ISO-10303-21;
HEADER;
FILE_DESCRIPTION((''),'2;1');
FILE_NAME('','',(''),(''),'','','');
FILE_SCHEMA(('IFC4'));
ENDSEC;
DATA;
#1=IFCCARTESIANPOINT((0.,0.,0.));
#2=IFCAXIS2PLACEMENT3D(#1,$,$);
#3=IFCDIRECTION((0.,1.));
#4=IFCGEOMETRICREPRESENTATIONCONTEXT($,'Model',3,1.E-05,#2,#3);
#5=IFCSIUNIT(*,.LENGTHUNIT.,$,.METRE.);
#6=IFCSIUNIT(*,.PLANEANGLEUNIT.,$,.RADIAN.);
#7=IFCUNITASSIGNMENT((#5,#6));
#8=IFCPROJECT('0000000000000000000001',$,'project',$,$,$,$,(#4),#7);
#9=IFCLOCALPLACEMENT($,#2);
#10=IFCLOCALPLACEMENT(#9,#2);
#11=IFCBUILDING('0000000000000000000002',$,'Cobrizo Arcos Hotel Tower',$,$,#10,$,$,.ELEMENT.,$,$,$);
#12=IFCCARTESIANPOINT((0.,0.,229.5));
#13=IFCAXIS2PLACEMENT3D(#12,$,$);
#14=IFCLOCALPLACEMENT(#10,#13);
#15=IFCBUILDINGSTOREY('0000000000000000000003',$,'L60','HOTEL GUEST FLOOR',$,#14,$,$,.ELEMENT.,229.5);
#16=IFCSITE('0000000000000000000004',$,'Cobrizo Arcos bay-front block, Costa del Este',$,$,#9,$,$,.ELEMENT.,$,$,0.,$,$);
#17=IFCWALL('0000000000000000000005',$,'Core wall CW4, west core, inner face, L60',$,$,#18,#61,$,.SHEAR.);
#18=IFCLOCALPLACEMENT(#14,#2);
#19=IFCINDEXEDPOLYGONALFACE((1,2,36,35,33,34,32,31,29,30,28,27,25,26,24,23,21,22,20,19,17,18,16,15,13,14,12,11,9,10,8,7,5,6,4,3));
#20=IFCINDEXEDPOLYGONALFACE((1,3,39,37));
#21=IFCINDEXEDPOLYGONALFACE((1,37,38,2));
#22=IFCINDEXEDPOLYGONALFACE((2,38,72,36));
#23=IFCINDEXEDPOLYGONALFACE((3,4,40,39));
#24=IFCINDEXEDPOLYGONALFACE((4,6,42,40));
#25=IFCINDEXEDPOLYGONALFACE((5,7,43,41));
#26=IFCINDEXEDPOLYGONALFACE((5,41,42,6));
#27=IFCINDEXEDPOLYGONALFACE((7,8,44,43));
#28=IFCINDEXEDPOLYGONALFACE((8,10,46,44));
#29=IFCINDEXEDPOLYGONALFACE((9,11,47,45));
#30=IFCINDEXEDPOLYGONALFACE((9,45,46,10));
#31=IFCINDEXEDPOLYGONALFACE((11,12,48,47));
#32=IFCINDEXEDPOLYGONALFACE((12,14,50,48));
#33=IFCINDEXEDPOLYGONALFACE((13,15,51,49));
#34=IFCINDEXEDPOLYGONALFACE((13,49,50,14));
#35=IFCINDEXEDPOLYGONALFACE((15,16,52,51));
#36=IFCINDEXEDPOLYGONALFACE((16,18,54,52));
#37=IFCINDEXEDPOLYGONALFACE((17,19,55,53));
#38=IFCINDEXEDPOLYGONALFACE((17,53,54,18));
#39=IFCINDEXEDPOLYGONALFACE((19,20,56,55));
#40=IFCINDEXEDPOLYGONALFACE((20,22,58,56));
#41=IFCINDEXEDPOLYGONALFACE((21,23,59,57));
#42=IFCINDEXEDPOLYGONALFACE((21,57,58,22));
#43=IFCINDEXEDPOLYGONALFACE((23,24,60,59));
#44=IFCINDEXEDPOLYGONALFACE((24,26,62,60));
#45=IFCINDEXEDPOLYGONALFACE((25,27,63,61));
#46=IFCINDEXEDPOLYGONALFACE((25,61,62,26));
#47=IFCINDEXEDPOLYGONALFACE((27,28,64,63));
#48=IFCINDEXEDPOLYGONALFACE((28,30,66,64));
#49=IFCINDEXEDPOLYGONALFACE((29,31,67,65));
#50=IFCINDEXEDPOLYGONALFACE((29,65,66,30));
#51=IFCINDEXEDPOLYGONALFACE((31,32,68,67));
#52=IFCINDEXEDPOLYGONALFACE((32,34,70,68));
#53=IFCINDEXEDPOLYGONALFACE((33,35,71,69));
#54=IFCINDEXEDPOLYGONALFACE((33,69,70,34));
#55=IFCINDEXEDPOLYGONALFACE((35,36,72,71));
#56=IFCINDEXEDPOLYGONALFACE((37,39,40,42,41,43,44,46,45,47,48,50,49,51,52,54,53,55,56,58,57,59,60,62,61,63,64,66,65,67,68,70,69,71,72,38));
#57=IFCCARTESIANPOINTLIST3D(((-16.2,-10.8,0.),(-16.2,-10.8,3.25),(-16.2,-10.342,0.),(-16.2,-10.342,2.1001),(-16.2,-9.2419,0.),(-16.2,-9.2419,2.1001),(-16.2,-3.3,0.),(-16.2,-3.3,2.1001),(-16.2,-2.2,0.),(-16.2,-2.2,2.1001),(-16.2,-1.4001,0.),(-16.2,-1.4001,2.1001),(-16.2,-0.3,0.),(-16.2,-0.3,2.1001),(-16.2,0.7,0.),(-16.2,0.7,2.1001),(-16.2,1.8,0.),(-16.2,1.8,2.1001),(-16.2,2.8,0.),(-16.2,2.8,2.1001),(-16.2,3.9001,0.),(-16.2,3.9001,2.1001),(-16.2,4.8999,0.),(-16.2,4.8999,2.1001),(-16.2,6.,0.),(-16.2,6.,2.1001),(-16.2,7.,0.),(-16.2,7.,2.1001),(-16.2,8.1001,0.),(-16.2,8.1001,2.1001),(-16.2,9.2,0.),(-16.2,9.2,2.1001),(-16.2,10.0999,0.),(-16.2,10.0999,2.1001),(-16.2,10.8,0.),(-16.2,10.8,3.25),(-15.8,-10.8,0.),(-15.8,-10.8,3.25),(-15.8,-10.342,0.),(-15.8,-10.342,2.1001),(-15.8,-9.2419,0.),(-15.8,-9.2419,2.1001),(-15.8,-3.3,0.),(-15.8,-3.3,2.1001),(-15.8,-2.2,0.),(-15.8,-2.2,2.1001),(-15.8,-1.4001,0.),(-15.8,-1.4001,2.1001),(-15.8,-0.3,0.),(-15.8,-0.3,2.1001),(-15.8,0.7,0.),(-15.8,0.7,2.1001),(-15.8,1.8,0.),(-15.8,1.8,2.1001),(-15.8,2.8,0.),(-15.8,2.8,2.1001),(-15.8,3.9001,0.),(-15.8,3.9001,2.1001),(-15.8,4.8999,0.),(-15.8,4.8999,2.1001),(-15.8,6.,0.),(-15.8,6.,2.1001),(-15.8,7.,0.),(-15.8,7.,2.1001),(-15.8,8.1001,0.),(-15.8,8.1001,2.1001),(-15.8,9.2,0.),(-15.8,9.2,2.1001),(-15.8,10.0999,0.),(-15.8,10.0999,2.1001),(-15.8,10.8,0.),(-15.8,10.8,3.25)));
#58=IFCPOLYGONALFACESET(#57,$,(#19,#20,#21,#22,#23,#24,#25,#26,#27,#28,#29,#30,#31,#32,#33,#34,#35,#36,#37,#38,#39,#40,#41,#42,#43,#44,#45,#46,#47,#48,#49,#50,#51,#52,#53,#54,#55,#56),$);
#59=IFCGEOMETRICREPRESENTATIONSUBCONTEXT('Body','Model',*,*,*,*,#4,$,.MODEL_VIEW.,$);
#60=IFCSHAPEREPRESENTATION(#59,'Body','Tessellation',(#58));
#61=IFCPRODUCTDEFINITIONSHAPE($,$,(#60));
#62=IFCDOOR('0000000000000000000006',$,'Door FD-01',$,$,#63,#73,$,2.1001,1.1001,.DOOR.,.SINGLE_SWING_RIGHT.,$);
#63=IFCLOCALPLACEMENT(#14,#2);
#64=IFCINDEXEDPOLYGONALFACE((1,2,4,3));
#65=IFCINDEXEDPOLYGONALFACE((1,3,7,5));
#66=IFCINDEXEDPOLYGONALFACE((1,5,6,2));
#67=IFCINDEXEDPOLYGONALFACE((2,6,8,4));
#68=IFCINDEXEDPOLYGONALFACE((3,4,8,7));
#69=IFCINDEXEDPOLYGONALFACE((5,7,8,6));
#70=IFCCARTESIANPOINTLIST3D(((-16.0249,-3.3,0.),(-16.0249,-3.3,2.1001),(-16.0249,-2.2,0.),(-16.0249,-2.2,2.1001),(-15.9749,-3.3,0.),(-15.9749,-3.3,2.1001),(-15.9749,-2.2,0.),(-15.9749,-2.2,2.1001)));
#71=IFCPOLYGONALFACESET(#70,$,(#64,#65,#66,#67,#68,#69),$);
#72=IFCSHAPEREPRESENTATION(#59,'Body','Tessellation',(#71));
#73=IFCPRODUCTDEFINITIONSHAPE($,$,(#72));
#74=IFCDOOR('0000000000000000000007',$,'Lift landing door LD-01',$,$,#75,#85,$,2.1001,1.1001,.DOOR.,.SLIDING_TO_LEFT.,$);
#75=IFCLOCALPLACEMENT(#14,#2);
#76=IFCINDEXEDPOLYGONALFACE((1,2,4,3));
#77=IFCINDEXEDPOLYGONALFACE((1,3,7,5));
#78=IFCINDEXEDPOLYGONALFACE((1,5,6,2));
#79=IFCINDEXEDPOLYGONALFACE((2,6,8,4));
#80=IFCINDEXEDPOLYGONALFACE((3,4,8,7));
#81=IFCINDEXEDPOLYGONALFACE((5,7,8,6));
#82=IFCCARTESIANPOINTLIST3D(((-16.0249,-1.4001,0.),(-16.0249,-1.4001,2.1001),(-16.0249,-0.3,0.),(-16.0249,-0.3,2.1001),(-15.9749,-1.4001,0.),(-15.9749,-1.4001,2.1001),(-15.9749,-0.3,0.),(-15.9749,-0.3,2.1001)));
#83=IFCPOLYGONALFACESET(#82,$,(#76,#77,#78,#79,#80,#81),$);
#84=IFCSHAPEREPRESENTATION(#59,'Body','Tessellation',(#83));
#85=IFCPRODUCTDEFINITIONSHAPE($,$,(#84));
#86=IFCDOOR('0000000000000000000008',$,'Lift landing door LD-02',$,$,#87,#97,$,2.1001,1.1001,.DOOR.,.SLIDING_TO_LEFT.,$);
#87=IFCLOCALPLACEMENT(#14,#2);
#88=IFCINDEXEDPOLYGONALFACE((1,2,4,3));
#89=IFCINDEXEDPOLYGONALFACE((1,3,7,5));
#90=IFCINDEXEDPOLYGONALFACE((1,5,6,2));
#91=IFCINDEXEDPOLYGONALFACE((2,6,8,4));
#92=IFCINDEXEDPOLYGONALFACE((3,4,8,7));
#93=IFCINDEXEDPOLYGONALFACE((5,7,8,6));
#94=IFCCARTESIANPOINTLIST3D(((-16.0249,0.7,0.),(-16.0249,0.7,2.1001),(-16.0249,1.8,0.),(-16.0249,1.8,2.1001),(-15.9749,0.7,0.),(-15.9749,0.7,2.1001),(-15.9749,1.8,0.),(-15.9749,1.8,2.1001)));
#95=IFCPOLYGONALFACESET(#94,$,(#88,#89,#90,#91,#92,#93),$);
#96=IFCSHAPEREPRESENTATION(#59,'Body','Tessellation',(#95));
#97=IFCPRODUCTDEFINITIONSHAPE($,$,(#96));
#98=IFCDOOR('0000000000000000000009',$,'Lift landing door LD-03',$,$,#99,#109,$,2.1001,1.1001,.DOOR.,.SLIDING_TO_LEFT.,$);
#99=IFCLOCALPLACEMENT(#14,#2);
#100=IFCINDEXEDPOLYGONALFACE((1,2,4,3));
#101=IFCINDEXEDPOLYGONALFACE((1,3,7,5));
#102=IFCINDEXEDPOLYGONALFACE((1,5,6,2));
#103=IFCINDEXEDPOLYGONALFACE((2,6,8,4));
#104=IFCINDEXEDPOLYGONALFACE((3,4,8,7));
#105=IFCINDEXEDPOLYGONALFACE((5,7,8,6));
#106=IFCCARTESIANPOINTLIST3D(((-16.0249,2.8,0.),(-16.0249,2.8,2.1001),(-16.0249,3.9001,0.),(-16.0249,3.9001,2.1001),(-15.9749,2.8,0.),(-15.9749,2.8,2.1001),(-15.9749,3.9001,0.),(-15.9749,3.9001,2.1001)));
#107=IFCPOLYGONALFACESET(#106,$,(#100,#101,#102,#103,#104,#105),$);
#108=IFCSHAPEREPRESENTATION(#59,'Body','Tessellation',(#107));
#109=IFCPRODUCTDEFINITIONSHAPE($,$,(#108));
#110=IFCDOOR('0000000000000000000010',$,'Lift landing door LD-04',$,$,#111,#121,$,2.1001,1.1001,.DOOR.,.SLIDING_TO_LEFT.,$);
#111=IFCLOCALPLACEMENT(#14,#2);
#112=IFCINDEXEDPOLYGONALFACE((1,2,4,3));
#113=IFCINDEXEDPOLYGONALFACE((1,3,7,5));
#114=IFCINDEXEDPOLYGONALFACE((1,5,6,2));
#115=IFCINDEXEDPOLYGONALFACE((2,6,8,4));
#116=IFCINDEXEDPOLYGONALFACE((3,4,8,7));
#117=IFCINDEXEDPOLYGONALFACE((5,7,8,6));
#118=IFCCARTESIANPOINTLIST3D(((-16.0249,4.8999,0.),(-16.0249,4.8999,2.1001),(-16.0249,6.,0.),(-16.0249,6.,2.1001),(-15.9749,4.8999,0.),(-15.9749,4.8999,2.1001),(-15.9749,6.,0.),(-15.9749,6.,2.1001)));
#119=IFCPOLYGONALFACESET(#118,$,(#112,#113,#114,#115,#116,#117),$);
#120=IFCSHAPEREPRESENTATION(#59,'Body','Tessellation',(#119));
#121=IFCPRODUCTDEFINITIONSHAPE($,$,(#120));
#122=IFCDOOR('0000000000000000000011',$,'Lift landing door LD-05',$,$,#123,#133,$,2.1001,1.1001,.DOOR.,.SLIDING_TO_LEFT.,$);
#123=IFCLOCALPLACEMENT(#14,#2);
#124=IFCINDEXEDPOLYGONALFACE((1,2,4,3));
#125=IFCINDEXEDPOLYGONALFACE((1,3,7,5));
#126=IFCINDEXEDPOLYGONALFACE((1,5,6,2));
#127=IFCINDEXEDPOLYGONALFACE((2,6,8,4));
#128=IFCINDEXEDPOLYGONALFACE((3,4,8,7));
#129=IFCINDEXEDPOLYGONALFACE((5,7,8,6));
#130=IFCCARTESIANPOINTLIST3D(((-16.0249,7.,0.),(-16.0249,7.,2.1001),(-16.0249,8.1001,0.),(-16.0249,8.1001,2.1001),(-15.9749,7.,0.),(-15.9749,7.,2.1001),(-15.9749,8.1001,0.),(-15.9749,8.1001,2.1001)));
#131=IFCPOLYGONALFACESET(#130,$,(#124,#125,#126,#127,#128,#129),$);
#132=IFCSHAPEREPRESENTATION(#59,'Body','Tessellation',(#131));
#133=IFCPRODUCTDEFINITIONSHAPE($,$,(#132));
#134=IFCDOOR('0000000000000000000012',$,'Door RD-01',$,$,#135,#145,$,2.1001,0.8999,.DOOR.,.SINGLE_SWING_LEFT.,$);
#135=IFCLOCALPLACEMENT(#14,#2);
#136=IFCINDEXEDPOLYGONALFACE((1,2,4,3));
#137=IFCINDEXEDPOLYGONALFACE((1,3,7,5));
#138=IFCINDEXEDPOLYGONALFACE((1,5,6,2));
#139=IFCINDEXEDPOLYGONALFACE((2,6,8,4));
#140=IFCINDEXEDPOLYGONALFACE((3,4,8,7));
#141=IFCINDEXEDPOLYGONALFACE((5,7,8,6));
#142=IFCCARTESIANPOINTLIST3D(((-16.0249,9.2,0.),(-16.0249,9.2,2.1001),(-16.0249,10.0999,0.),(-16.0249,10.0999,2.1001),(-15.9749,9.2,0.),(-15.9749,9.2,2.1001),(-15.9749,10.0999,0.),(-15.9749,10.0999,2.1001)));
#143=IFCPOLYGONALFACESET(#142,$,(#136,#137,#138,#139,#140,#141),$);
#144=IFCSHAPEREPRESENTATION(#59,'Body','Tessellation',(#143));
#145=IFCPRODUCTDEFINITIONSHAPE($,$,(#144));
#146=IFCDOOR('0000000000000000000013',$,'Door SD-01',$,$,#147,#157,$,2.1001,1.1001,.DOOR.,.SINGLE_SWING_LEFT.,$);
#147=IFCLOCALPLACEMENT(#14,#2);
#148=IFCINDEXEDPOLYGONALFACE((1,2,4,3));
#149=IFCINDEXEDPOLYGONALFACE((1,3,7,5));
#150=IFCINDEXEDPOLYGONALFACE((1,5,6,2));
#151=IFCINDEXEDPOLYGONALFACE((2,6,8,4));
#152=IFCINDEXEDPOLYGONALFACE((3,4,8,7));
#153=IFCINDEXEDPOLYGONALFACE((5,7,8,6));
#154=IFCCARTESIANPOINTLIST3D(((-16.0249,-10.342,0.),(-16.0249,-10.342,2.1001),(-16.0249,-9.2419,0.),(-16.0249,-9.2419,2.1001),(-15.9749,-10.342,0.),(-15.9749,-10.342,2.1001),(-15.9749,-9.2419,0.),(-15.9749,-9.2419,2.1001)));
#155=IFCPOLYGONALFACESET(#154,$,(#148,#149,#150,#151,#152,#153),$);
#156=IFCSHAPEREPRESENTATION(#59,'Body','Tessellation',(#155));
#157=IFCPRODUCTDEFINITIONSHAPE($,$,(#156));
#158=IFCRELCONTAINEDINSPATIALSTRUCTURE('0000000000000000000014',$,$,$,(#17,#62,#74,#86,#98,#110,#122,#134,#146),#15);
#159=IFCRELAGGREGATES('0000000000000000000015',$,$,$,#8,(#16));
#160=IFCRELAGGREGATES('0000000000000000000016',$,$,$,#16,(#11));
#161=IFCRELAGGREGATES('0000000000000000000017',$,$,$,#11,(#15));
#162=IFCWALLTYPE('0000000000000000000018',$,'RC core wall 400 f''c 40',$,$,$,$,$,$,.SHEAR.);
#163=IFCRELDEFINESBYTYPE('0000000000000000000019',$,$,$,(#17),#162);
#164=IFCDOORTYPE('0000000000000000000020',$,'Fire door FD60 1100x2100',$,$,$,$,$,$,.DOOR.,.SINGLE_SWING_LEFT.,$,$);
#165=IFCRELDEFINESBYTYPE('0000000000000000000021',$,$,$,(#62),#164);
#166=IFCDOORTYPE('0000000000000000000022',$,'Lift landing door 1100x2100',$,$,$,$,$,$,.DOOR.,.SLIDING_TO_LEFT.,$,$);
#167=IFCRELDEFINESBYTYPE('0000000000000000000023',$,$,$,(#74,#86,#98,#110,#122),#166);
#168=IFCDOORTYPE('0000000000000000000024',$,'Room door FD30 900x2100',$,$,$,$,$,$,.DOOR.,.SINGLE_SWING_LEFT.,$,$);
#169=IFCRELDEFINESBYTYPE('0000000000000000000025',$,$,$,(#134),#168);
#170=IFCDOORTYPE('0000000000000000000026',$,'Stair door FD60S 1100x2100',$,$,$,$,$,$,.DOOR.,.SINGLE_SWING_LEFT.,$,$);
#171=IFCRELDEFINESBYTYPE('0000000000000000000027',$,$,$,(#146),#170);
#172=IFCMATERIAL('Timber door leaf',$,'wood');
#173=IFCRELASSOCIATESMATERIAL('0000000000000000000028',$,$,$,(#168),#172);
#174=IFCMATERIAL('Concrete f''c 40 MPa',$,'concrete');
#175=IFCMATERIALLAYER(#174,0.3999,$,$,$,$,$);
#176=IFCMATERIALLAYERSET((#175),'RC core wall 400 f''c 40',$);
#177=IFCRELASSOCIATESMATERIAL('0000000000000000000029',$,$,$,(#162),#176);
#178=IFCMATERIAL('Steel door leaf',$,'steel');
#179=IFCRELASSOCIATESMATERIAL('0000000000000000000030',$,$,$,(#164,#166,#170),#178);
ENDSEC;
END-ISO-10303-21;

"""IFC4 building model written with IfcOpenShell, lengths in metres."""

from ifc_helpers import new_model, si_unit, direction, frame, frame_2d, origin, place, context, subcontext, project, spatial, rectangle, extrude, material, layer, layer_set, type_object, element, fill, save


model = new_model("IFC4")

# Units and contexts
model_context = context("Model", 3, precision=1e-05, world=origin(), true_north=direction((0.0, 1.0)))
body_context = subcontext(model_context, "Body", "Model", "MODEL_VIEW")
ifc_project = project(units=[si_unit("LENGTHUNIT", "METRE"), si_unit("PLANEANGLEUNIT", "RADIAN")], contexts=[model_context])

# Site, building, storey
site_placement = place(None, origin())
site = spatial("IfcSite", under=ifc_project, at=site_placement, Name="Cobrizo Arcos bay-front block, Costa del Este", CompositionType="ELEMENT", RefElevation=0.0)
building_placement = place(site_placement, origin())
building = spatial("IfcBuilding", under=site, at=building_placement, Name="Cobrizo Arcos Hotel Tower", CompositionType="ELEMENT")
storey_placement = place(building_placement, frame((0.0, 0.0, 229.5)))
storey = spatial("IfcBuildingStorey", under=building, at=storey_placement, Name="L60", Description="HOTEL GUEST FLOOR", CompositionType="ELEMENT", Elevation=229.5)

# Shared definitions
ifc_material_1 = material(Name="Timber door leaf", Category="wood")
door_type_1 = type_object("IfcDoorType", Name="Room door FD30 900x2100", OperationType="SINGLE_SWING_LEFT", PredefinedType="DOOR", material=ifc_material_1)

# Wall, openings, doors
ifc_material_2 = material(Name="Concrete f'c 40 MPa", Category="concrete")
ifc_layer_1 = layer(ifc_material_2, 0.3999)
ifc_layer_set_1 = layer_set([ifc_layer_1], Name="RC core wall 400 f'c 40")
wall_type_1 = type_object("IfcWallType", Name="RC core wall 400 f'c 40", PredefinedType="SHEAR", material=ifc_layer_set_1)
wall_1_placement = place(storey_placement, frame((-16.0, -10.8, 0.0), z_axis=(0.0, 0.0, 1.0), x_axis=(0.0, 1.0, 0.0)))
wall_1 = element("IfcWall", 1, at=wall_1_placement, inside=storey, type_object=wall_type_1, Name="Core wall CW4, west core, inner face, L60", PredefinedType="SHEAR", context=body_context, shape_type="SweptSolid", body=[
    extrude(rectangle(XDim=21.6001, YDim=0.3999, at=frame_2d((10.8, 0.0))), origin(), (0.0, 0.0, 1.0), 3.25),
])
opening_1_placement = place(wall_1_placement, frame((9.3999, 0.0, 0.0)))
opening_1 = element("IfcOpeningElement", 2, at=opening_1_placement, cuts=wall_1, PredefinedType="OPENING", context=body_context, shape_type="SweptSolid", body=[
    extrude(rectangle(XDim=1.1001, YDim=2.1001, at=frame_2d((0.55, 1.05))), frame((0.0, 0.2119, 0.0), z_axis=(0.0, -1.0, 0.0), x_axis=(1.0, 0.0, 0.0)), (0.0, 0.0, 1.0), 0.4238),
])
opening_2_placement = place(wall_1_placement, frame((11.5, 0.0, 0.0)))
opening_2 = element("IfcOpeningElement", 3, at=opening_2_placement, cuts=wall_1, PredefinedType="OPENING", context=body_context, shape_type="SweptSolid", body=[
    extrude(rectangle(XDim=1.1001, YDim=2.1001, at=frame_2d((0.55, 1.05))), frame((0.0, 0.2119, 0.0), z_axis=(0.0, -1.0, 0.0), x_axis=(1.0, 0.0, 0.0)), (0.0, 0.0, 1.0), 0.4238),
])
opening_3_placement = place(wall_1_placement, frame((13.6001, 0.0, 0.0)))
opening_3 = element("IfcOpeningElement", 4, at=opening_3_placement, cuts=wall_1, PredefinedType="OPENING", context=body_context, shape_type="SweptSolid", body=[
    extrude(rectangle(XDim=1.1001, YDim=2.1001, at=frame_2d((0.55, 1.05))), frame((0.0, 0.2119, 0.0), z_axis=(0.0, -1.0, 0.0), x_axis=(1.0, 0.0, 0.0)), (0.0, 0.0, 1.0), 0.4238),
])
opening_4_placement = place(wall_1_placement, frame((15.7, 0.0, 0.0)))
opening_4 = element("IfcOpeningElement", 5, at=opening_4_placement, cuts=wall_1, PredefinedType="OPENING", context=body_context, shape_type="SweptSolid", body=[
    extrude(rectangle(XDim=1.1001, YDim=2.1001, at=frame_2d((0.55, 1.05))), frame((0.0, 0.2119, 0.0), z_axis=(0.0, -1.0, 0.0), x_axis=(1.0, 0.0, 0.0)), (0.0, 0.0, 1.0), 0.4238),
])
opening_5_placement = place(wall_1_placement, frame((17.8, 0.0, 0.0)))
opening_5 = element("IfcOpeningElement", 6, at=opening_5_placement, cuts=wall_1, PredefinedType="OPENING", context=body_context, shape_type="SweptSolid", body=[
    extrude(rectangle(XDim=1.1001, YDim=2.1001, at=frame_2d((0.55, 1.05))), frame((0.0, 0.2119, 0.0), z_axis=(0.0, -1.0, 0.0), x_axis=(1.0, 0.0, 0.0)), (0.0, 0.0, 1.0), 0.4238),
])
opening_6_placement = place(wall_1_placement, frame((0.458, 0.0, 0.0)))
opening_6 = element("IfcOpeningElement", 7, at=opening_6_placement, cuts=wall_1, PredefinedType="OPENING", context=body_context, shape_type="SweptSolid", body=[
    extrude(rectangle(XDim=1.1001, YDim=2.1001, at=frame_2d((0.55, 1.05))), frame((0.0, 0.2119, 0.0), z_axis=(0.0, -1.0, 0.0), x_axis=(1.0, 0.0, 0.0)), (0.0, 0.0, 1.0), 0.4238),
])
opening_7_placement = place(wall_1_placement, frame((7.5, 0.0, 0.0)))
opening_7 = element("IfcOpeningElement", 8, at=opening_7_placement, cuts=wall_1, PredefinedType="OPENING", context=body_context, shape_type="SweptSolid", body=[
    extrude(rectangle(XDim=1.1001, YDim=2.1001, at=frame_2d((0.55, 1.05))), frame((0.0, 0.2119, 0.0), z_axis=(0.0, -1.0, 0.0), x_axis=(1.0, 0.0, 0.0)), (0.0, 0.0, 1.0), 0.4238),
])
opening_8_placement = place(wall_1_placement, frame((20.0, 0.0, 0.0)))
opening_8 = element("IfcOpeningElement", 9, at=opening_8_placement, cuts=wall_1, PredefinedType="OPENING", context=body_context, shape_type="SweptSolid", body=[
    extrude(rectangle(XDim=0.8999, YDim=2.1001, at=frame_2d((0.45, 1.05))), frame((0.0, 0.2119, 0.0), z_axis=(0.0, -1.0, 0.0), x_axis=(1.0, 0.0, 0.0)), (0.0, 0.0, 1.0), 0.4238),
])
ifc_material_3 = material(Name="Steel door leaf", Category="steel")
door_type_2 = type_object("IfcDoorType", Name="Fire door FD60 1100x2100", OperationType="SINGLE_SWING_LEFT", PredefinedType="DOOR", material=ifc_material_3)
door_1_placement = place(opening_7_placement, origin())
door_1 = element("IfcDoor", 10, at=door_1_placement, inside=storey, type_object=door_type_2, Name="Door FD-01", OperationType="SINGLE_SWING_RIGHT", OverallHeight=2.1001, OverallWidth=1.1001, PredefinedType="DOOR", context=body_context, shape_type="SweptSolid", body=[
    extrude(rectangle(XDim=1.1001, YDim=2.1001, at=frame_2d((0.55, 1.05))), frame((0.0, 0.0249, 0.0), z_axis=(0.0, -1.0, 0.0), x_axis=(1.0, 0.0, 0.0)), (0.0, 0.0, 1.0), 0.05),
])
fill(opening_7, door_1)
door_type_3 = type_object("IfcDoorType", Name="Lift landing door 1100x2100", OperationType="SLIDING_TO_LEFT", PredefinedType="DOOR", material=ifc_material_3)
door_2_placement = place(opening_1_placement, origin())
door_2 = element("IfcDoor", 11, at=door_2_placement, inside=storey, type_object=door_type_3, Name="Lift landing door LD-01", OperationType="SLIDING_TO_LEFT", OverallHeight=2.1001, OverallWidth=1.1001, PredefinedType="DOOR", context=body_context, shape_type="SweptSolid", body=[
    extrude(rectangle(XDim=1.1001, YDim=2.1001, at=frame_2d((0.55, 1.05))), frame((0.0, 0.0249, 0.0), z_axis=(0.0, -1.0, 0.0), x_axis=(1.0, 0.0, 0.0)), (0.0, 0.0, 1.0), 0.05),
])
fill(opening_1, door_2)
door_3_placement = place(opening_2_placement, origin())
door_3 = element("IfcDoor", 12, at=door_3_placement, inside=storey, type_object=door_type_3, Name="Lift landing door LD-02", OperationType="SLIDING_TO_LEFT", OverallHeight=2.1001, OverallWidth=1.1001, PredefinedType="DOOR", context=body_context, shape_type="SweptSolid", body=[
    extrude(rectangle(XDim=1.1001, YDim=2.1001, at=frame_2d((0.55, 1.05))), frame((0.0, 0.0249, 0.0), z_axis=(0.0, -1.0, 0.0), x_axis=(1.0, 0.0, 0.0)), (0.0, 0.0, 1.0), 0.05),
])
fill(opening_2, door_3)
door_4_placement = place(opening_3_placement, origin())
door_4 = element("IfcDoor", 13, at=door_4_placement, inside=storey, type_object=door_type_3, Name="Lift landing door LD-03", OperationType="SLIDING_TO_LEFT", OverallHeight=2.1001, OverallWidth=1.1001, PredefinedType="DOOR", context=body_context, shape_type="SweptSolid", body=[
    extrude(rectangle(XDim=1.1001, YDim=2.1001, at=frame_2d((0.55, 1.05))), frame((0.0, 0.0249, 0.0), z_axis=(0.0, -1.0, 0.0), x_axis=(1.0, 0.0, 0.0)), (0.0, 0.0, 1.0), 0.05),
])
fill(opening_3, door_4)
door_5_placement = place(opening_4_placement, origin())
door_5 = element("IfcDoor", 14, at=door_5_placement, inside=storey, type_object=door_type_3, Name="Lift landing door LD-04", OperationType="SLIDING_TO_LEFT", OverallHeight=2.1001, OverallWidth=1.1001, PredefinedType="DOOR", context=body_context, shape_type="SweptSolid", body=[
    extrude(rectangle(XDim=1.1001, YDim=2.1001, at=frame_2d((0.55, 1.05))), frame((0.0, 0.0249, 0.0), z_axis=(0.0, -1.0, 0.0), x_axis=(1.0, 0.0, 0.0)), (0.0, 0.0, 1.0), 0.05),
])
fill(opening_4, door_5)
door_6_placement = place(opening_5_placement, origin())
door_6 = element("IfcDoor", 15, at=door_6_placement, inside=storey, type_object=door_type_3, Name="Lift landing door LD-05", OperationType="SLIDING_TO_LEFT", OverallHeight=2.1001, OverallWidth=1.1001, PredefinedType="DOOR", context=body_context, shape_type="SweptSolid", body=[
    extrude(rectangle(XDim=1.1001, YDim=2.1001, at=frame_2d((0.55, 1.05))), frame((0.0, 0.0249, 0.0), z_axis=(0.0, -1.0, 0.0), x_axis=(1.0, 0.0, 0.0)), (0.0, 0.0, 1.0), 0.05),
])
fill(opening_5, door_6)
door_7_placement = place(opening_8_placement, origin())
door_7 = element("IfcDoor", 16, at=door_7_placement, inside=storey, type_object=door_type_1, Name="Door RD-01", OperationType="SINGLE_SWING_LEFT", OverallHeight=2.1001, OverallWidth=0.8999, PredefinedType="DOOR", context=body_context, shape_type="SweptSolid", body=[
    extrude(rectangle(XDim=0.8999, YDim=2.1001, at=frame_2d((0.45, 1.05))), frame((0.0, 0.0249, 0.0), z_axis=(0.0, -1.0, 0.0), x_axis=(1.0, 0.0, 0.0)), (0.0, 0.0, 1.0), 0.05),
])
fill(opening_8, door_7)
door_type_4 = type_object("IfcDoorType", Name="Stair door FD60S 1100x2100", OperationType="SINGLE_SWING_LEFT", PredefinedType="DOOR", material=ifc_material_3)
door_8_placement = place(opening_6_placement, origin())
door_8 = element("IfcDoor", 17, at=door_8_placement, inside=storey, type_object=door_type_4, Name="Door SD-01", OperationType="SINGLE_SWING_LEFT", OverallHeight=2.1001, OverallWidth=1.1001, PredefinedType="DOOR", context=body_context, shape_type="SweptSolid", body=[
    extrude(rectangle(XDim=1.1001, YDim=2.1001, at=frame_2d((0.55, 1.05))), frame((0.0, 0.0249, 0.0), z_axis=(0.0, -1.0, 0.0), x_axis=(1.0, 0.0, 0.0)), (0.0, 0.0, 1.0), 0.05),
])
fill(opening_6, door_8)

save(model, "model.ifc")
